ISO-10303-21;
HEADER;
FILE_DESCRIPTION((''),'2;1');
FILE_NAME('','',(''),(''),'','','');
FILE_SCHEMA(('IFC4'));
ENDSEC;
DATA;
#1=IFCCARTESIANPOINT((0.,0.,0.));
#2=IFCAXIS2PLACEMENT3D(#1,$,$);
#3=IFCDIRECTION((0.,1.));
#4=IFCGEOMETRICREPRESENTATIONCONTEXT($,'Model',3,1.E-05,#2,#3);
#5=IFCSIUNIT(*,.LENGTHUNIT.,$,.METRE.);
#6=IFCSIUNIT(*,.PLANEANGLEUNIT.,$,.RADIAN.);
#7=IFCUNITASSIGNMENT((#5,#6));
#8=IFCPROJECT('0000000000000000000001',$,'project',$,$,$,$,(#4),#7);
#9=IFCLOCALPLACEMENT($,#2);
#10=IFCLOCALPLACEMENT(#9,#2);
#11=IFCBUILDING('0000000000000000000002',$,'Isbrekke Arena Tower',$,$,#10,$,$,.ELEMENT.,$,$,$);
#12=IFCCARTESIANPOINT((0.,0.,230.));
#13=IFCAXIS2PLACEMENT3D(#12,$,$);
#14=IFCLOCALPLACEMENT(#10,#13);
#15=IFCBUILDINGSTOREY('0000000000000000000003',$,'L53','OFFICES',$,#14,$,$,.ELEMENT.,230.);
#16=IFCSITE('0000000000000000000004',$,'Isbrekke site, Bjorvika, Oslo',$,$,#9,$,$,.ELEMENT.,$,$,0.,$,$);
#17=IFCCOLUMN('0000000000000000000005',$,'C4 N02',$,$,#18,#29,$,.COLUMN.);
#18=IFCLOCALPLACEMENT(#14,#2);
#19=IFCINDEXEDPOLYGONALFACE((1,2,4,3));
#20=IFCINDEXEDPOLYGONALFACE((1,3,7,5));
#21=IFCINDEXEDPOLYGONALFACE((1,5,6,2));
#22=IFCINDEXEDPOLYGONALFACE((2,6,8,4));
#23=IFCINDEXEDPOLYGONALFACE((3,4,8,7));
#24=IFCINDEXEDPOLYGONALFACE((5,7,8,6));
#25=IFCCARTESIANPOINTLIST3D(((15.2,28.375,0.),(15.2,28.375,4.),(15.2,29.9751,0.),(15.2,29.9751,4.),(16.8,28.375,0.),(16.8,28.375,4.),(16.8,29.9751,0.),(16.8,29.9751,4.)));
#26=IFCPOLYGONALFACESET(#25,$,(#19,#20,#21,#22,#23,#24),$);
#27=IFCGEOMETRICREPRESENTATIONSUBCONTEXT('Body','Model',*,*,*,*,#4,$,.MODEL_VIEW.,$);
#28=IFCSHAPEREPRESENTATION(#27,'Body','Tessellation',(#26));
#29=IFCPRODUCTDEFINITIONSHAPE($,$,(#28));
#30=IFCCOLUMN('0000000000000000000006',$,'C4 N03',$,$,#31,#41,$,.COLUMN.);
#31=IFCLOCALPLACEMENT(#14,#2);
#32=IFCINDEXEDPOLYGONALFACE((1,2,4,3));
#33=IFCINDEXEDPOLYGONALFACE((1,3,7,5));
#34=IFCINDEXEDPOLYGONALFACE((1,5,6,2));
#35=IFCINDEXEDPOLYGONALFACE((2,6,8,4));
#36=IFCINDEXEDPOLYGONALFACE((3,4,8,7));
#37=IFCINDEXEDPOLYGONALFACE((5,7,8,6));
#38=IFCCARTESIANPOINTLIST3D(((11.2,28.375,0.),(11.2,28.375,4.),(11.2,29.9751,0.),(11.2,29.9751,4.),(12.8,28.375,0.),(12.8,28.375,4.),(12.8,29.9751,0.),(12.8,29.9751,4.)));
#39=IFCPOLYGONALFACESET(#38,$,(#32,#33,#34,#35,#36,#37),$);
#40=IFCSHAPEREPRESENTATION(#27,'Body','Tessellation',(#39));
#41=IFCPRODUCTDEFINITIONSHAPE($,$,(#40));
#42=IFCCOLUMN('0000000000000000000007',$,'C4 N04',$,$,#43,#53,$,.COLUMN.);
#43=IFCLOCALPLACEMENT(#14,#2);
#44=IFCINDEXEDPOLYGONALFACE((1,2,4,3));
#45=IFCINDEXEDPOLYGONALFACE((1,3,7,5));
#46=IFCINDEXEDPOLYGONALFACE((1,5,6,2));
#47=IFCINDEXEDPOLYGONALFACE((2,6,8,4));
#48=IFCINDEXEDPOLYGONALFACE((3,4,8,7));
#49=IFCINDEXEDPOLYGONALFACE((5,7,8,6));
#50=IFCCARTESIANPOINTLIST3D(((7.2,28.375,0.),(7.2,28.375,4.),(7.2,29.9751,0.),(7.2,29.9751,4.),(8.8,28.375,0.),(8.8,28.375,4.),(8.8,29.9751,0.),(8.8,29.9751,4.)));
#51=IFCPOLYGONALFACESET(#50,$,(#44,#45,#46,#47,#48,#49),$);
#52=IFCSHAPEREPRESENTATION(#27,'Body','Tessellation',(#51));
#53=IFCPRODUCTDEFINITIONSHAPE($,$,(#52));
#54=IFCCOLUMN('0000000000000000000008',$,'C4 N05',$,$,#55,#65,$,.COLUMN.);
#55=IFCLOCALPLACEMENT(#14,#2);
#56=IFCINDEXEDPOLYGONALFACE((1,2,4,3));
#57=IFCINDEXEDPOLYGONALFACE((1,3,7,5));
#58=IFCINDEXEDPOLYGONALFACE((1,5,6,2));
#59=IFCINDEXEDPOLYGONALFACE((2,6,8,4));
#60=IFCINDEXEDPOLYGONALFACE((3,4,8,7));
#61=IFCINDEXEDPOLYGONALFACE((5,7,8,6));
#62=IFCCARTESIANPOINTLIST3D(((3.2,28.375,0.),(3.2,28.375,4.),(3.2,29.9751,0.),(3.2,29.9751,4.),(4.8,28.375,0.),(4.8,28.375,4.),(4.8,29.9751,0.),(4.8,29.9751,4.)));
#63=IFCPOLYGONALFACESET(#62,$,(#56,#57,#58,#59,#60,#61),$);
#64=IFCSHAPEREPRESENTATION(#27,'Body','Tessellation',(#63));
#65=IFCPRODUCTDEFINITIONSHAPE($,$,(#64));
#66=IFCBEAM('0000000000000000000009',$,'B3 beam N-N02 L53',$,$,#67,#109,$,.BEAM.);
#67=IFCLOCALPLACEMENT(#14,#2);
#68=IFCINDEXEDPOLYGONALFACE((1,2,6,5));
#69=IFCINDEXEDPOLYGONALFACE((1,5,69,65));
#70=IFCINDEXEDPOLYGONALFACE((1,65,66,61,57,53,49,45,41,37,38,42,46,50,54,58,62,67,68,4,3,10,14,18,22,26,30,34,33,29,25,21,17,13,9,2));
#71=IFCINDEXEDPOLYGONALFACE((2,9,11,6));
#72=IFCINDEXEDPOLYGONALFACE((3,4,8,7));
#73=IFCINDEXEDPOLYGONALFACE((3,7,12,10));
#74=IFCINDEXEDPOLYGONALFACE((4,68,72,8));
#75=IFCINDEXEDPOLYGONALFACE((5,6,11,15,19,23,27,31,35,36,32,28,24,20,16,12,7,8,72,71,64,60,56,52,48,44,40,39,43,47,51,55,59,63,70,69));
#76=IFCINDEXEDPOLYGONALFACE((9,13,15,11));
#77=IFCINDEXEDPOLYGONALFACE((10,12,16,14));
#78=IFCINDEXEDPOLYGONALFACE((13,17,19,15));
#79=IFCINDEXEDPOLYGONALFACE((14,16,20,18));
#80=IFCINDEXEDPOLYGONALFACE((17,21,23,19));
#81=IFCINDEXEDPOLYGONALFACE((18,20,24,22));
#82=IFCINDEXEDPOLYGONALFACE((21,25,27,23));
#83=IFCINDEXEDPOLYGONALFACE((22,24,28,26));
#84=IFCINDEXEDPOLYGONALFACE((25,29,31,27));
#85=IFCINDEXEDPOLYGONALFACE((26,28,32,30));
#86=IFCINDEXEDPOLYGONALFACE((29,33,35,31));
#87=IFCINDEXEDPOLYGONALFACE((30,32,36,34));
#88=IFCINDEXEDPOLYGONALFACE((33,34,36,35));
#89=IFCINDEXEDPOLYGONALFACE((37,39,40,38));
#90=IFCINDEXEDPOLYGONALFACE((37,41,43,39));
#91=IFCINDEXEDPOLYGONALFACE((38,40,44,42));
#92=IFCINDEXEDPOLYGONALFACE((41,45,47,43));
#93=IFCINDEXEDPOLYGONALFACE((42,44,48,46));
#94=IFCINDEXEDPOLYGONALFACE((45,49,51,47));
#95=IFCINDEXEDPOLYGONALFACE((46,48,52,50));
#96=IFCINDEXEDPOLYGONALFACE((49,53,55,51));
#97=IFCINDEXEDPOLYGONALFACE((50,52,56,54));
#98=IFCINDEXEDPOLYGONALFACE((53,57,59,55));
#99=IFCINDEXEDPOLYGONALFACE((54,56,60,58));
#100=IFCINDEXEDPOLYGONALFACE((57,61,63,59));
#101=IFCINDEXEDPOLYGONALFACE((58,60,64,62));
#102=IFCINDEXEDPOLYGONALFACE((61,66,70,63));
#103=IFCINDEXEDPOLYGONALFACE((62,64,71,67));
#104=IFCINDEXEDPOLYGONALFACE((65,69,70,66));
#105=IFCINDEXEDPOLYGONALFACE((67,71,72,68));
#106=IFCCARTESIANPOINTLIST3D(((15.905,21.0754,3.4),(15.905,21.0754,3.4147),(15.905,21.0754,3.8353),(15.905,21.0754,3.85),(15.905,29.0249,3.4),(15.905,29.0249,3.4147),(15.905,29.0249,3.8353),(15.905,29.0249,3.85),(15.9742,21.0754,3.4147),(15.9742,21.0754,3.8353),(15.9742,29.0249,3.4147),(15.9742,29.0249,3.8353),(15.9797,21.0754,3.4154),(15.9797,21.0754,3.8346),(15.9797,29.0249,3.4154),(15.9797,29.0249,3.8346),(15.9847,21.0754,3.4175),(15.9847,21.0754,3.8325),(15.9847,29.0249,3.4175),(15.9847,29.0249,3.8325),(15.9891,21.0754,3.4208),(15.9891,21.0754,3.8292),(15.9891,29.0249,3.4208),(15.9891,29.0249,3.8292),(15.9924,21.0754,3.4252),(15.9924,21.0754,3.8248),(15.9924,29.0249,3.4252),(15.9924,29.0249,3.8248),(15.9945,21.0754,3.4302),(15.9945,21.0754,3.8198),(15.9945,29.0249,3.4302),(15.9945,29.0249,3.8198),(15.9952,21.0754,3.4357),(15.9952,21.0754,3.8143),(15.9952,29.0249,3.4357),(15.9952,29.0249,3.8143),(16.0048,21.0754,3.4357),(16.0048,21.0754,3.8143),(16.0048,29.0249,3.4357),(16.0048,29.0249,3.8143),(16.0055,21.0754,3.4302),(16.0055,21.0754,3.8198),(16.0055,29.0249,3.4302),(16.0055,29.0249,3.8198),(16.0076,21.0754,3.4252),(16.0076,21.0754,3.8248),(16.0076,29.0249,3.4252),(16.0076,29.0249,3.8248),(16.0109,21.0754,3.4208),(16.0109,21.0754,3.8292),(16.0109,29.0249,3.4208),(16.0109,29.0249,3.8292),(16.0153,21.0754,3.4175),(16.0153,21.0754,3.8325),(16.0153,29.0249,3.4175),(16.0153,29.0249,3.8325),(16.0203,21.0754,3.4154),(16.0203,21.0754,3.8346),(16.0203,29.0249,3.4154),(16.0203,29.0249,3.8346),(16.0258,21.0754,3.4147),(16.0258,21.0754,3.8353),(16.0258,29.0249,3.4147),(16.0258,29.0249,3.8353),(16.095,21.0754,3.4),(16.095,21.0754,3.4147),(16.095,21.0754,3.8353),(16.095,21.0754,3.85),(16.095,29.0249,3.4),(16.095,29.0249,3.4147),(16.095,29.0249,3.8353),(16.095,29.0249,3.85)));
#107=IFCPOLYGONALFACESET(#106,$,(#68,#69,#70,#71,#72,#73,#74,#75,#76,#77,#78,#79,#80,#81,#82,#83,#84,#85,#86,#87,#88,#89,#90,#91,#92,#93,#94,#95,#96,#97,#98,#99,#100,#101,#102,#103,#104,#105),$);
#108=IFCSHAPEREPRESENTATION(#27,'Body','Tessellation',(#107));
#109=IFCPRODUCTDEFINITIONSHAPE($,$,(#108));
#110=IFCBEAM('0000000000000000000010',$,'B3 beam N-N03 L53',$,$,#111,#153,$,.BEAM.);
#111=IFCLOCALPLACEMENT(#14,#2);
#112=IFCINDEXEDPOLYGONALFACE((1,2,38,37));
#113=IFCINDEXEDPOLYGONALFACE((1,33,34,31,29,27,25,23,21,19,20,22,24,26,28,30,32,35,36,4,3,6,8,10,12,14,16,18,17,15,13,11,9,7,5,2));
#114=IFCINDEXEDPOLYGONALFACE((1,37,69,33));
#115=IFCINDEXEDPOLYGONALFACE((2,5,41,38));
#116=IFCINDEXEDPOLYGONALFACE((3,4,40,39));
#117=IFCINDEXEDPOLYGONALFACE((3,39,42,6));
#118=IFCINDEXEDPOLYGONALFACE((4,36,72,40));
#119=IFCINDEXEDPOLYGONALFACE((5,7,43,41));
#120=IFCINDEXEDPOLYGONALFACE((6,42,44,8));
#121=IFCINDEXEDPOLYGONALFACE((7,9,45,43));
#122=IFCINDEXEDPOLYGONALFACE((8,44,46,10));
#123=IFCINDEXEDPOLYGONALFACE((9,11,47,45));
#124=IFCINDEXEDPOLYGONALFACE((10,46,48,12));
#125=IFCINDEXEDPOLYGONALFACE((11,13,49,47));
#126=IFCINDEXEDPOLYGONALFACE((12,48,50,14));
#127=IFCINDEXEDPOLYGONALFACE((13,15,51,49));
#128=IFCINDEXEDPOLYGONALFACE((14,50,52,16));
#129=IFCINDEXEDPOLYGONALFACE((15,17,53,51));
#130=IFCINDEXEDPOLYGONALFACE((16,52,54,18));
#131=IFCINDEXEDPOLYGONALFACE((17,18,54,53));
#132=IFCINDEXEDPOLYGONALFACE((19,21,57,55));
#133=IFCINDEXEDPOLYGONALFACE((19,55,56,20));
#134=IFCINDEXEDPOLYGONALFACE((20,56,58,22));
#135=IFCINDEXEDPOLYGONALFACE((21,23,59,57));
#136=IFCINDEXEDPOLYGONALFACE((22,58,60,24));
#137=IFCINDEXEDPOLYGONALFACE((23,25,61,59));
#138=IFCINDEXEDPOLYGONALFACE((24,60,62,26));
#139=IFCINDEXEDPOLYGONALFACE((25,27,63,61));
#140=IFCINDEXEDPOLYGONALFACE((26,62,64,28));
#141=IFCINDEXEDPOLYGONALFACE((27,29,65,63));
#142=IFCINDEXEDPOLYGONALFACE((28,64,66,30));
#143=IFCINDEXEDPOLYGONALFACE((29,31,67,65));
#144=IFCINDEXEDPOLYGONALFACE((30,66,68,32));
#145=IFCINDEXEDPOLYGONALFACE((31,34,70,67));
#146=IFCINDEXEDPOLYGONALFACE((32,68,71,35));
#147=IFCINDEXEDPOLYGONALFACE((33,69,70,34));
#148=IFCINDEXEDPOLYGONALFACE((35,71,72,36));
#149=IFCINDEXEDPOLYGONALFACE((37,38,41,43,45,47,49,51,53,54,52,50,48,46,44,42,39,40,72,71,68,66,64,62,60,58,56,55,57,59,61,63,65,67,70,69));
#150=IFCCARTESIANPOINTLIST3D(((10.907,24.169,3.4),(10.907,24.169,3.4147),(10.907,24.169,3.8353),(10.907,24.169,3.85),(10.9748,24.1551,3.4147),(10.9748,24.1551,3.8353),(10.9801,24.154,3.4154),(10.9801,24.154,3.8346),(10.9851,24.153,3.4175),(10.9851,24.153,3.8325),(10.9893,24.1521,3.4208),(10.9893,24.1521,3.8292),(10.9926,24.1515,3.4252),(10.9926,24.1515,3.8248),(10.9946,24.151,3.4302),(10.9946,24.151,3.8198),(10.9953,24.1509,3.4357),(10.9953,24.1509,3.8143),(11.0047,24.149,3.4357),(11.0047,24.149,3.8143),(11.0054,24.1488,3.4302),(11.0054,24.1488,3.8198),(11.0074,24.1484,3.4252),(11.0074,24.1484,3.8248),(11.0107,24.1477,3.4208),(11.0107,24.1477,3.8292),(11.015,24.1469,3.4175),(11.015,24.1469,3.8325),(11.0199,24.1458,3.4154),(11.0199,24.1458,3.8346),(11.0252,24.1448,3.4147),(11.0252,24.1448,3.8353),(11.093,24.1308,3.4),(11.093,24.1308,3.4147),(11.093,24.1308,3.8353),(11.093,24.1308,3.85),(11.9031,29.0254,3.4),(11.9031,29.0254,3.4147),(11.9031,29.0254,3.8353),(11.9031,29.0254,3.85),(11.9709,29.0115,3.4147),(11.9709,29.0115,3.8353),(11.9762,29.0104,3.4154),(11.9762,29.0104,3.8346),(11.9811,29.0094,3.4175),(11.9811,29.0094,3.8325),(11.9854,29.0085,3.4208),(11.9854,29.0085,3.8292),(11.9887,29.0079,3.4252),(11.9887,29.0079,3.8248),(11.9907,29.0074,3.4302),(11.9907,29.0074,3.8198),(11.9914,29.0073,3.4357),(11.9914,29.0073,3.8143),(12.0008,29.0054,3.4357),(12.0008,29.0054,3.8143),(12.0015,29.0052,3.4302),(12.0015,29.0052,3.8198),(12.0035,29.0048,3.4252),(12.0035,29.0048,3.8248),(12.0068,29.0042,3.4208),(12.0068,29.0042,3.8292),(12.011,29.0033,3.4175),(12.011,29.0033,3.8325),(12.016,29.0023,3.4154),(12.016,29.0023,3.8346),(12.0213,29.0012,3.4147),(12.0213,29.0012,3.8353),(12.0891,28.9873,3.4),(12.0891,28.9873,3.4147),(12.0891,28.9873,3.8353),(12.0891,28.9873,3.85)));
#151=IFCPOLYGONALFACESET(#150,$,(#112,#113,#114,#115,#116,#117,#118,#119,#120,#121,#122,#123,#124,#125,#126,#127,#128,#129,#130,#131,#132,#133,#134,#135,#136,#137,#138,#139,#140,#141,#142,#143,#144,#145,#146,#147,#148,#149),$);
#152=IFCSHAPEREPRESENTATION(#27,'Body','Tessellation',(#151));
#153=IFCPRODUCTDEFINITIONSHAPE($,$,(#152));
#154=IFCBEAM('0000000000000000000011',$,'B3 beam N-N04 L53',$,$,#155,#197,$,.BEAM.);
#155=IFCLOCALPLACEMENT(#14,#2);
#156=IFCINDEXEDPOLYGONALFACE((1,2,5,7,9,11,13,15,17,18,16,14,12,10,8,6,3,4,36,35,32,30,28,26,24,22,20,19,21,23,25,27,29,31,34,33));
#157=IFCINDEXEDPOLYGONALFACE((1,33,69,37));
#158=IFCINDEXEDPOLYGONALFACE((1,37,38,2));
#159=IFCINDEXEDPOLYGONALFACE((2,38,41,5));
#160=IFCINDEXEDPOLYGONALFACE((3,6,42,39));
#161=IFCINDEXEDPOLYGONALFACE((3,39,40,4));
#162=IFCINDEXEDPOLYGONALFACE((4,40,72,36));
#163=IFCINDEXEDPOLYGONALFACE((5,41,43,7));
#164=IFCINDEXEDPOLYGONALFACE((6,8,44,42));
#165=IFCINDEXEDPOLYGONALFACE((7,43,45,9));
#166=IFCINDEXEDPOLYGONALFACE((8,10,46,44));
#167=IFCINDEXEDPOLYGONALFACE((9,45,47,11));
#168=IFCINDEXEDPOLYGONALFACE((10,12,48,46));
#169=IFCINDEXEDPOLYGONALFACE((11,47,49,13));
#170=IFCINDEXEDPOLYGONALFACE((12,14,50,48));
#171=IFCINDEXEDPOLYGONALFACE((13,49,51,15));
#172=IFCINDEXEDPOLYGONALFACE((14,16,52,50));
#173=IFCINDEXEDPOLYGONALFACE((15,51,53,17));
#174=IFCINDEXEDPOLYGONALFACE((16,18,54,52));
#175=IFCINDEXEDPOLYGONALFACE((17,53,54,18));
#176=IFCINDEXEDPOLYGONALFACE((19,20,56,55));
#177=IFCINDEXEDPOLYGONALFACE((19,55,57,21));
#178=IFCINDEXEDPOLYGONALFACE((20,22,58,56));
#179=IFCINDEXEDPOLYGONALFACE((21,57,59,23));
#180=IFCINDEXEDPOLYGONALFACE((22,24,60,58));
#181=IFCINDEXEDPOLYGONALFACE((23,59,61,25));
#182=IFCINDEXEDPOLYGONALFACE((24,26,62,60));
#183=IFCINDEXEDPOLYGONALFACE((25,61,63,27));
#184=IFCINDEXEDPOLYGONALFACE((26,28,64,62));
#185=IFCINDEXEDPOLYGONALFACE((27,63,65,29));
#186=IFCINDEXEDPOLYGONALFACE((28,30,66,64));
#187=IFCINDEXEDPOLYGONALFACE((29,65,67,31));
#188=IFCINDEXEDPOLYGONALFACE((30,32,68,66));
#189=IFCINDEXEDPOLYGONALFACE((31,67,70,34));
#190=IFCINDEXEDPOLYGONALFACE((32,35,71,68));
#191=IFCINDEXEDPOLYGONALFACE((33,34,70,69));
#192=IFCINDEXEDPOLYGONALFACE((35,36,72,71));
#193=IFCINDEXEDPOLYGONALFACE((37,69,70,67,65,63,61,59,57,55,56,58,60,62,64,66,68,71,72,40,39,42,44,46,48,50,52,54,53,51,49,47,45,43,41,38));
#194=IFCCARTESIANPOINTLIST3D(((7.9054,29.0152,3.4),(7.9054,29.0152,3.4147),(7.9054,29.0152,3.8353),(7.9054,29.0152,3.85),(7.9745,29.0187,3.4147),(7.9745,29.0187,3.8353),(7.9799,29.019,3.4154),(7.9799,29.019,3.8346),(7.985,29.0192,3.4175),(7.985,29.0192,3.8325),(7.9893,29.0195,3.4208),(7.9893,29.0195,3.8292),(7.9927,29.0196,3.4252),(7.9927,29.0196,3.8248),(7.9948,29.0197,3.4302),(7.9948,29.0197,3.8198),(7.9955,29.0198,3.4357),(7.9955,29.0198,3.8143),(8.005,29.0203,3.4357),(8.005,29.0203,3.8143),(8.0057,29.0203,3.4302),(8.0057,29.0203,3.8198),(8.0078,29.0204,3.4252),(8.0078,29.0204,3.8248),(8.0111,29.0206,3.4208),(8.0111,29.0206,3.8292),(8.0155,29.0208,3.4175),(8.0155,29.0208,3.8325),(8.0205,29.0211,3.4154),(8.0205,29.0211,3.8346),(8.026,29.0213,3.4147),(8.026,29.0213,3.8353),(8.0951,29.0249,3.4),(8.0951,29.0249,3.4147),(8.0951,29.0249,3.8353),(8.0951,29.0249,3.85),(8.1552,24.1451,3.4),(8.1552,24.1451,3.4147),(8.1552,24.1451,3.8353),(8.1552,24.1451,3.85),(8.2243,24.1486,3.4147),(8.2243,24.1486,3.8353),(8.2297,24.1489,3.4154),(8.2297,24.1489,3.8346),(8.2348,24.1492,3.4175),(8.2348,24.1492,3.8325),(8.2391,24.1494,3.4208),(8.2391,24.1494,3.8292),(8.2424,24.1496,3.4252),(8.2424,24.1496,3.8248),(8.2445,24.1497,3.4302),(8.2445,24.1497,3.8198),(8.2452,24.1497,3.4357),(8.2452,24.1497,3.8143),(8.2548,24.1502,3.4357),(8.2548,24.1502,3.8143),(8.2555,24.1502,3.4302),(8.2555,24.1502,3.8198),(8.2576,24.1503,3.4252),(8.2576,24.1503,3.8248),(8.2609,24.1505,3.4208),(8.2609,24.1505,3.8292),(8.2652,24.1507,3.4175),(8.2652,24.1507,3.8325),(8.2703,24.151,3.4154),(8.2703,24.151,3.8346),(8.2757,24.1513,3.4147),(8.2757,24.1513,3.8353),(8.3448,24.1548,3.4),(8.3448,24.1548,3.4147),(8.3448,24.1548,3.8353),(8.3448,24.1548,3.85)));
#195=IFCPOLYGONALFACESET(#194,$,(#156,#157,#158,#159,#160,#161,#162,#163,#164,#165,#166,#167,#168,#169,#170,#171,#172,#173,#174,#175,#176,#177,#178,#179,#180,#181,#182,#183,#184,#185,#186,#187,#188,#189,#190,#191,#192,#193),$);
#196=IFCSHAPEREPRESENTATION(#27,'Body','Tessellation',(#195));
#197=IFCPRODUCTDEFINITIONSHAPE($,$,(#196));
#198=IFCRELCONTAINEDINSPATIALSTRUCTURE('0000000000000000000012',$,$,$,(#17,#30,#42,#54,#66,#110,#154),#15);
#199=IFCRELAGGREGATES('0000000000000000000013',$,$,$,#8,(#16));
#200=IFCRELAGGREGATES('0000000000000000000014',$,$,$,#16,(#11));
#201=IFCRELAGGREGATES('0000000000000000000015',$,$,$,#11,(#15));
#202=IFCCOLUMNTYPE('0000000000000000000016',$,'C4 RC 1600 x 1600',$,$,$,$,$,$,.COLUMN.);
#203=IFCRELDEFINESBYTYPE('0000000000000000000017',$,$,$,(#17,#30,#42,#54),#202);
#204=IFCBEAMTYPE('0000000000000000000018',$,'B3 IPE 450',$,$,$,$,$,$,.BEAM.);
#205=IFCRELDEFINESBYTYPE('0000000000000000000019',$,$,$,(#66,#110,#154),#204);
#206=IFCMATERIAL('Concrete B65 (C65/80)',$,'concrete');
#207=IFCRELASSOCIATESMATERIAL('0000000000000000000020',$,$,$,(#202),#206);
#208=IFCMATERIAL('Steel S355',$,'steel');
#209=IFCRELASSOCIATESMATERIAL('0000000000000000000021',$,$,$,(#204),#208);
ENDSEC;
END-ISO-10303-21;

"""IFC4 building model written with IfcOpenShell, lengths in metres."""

from ifc_helpers import new_model, si_unit, direction, frame, origin, origin_2d, place, context, subcontext, project, spatial, rectangle, i_section, extrude, material, material_profile, profile_set, type_object, element, save


model = new_model("IFC4")

# Units and contexts
model_context = context("Model", 3, precision=1e-05, world=origin(), true_north=direction((0.0, 1.0)))
body_context = subcontext(model_context, "Body", "Model", "MODEL_VIEW")
ifc_project = project(units=[si_unit("LENGTHUNIT", "METRE"), si_unit("PLANEANGLEUNIT", "RADIAN")], contexts=[model_context])

# Site, building, storey
site_placement = place(None, origin())
site = spatial("IfcSite", under=ifc_project, at=site_placement, Name="Isbrekke site, Bjorvika, Oslo", CompositionType="ELEMENT", RefElevation=0.0)
building_placement = place(site_placement, origin())
building = spatial("IfcBuilding", under=site, at=building_placement, Name="Isbrekke Arena Tower", CompositionType="ELEMENT")
storey_placement = place(building_placement, frame((0.0, 0.0, 230.0)))
storey = spatial("IfcBuildingStorey", under=building, at=storey_placement, Name="L53", Description="OFFICES", CompositionType="ELEMENT", Elevation=230.0)

# Columns
ifc_material_1 = material(Name="Concrete B65 (C65/80)", Category="concrete")
ifc_material_profile_1 = material_profile(ifc_material_1, rectangle(XDim=1.6001, YDim=1.6001, at=origin_2d()), Name="RC 1600x1600")
ifc_profile_set_1 = profile_set([ifc_material_profile_1], Name="Concrete B65 (C65/80)")
column_type = type_object("IfcColumnType", Name="C4 RC 1600 x 1600", PredefinedType="COLUMN", material=ifc_profile_set_1)
for number, where, z_axis, x_axis, name in (
    (1, (16.0, 29.175, 0.0), (0.0, 0.0, 1.0), (-1.0, 0.0, 0.0), "C4 N02"),
    (2, (12.0, 29.175, 0.0), (0.0, 0.0, 1.0), (-1.0, 0.0, 0.0), "C4 N03"),
    (3, (8.0, 29.175, 0.0), (0.0, 0.0, 1.0), (-1.0, 0.0, 0.0), "C4 N04"),
    (4, (4.0, 29.175, 0.0), (0.0, 0.0, 1.0), (-1.0, 0.0, 0.0), "C4 N05"),
):
    element("IfcColumn", number, at=place(storey_placement, frame(where, z_axis=z_axis, x_axis=x_axis)), inside=storey, type_object=column_type, Name=name, PredefinedType="COLUMN", context=body_context, shape_type="SweptSolid", body=[
        extrude(rectangle(XDim=1.6001, YDim=1.6001, at=origin_2d()), origin(), (0.0, 0.0, 1.0), 4.0),
    ])

# Beams
ifc_material_2 = material(Name="Steel S355", Category="steel")
ifc_material_profile_2 = material_profile(ifc_material_2, i_section(OverallWidth=0.1899, OverallDepth=0.45, WebThickness=0.0095, FlangeThickness=0.0146, FilletRadius=0.021, at=origin_2d()), Name="IPE 450")
ifc_profile_set_2 = profile_set([ifc_material_profile_2], Name="Steel S355")
beam_type_1 = type_object("IfcBeamType", Name="B3 IPE 450", PredefinedType="BEAM", material=ifc_profile_set_2)
beam_1_placement = place(storey_placement, frame((16.0, 29.0249, 3.625), z_axis=(0.0, -1.0, 0.0), x_axis=(1.0, 0.0, 0.0)))
element("IfcBeam", 5, at=beam_1_placement, inside=storey, type_object=beam_type_1, Name="B3 beam N-N02 L53", PredefinedType="BEAM", context=body_context, shape_type="SweptSolid", body=[
    extrude(i_section(OverallWidth=0.1899, OverallDepth=0.45, WebThickness=0.0095, FlangeThickness=0.0146, FilletRadius=0.021, at=origin_2d()), origin(), (0.0, 0.0, 1.0), 7.9495),
])
beam_2_placement = place(storey_placement, frame((11.9961, 29.0063, 3.625), z_axis=(-0.200925, -0.979607, 0.0), x_axis=(0.979607, -0.200925, 0.0)))
element("IfcBeam", 6, at=beam_2_placement, inside=storey, type_object=beam_type_1, Name="B3 beam N-N03 L53", PredefinedType="BEAM", context=body_context, shape_type="SweptSolid", body=[
    extrude(i_section(OverallWidth=0.1899, OverallDepth=0.45, WebThickness=0.0095, FlangeThickness=0.0146, FilletRadius=0.021, at=origin_2d()), origin(), (0.0, 0.0, 1.0), 4.9575),
])
beam_3_placement = place(storey_placement, frame((8.0002, 29.02, 3.625), z_axis=(0.051216, -0.998688, 0.0), x_axis=(0.998688, 0.051216, 0.0)))
element("IfcBeam", 7, at=beam_3_placement, inside=storey, type_object=beam_type_1, Name="B3 beam N-N04 L53", PredefinedType="BEAM", context=body_context, shape_type="SweptSolid", body=[
    extrude(i_section(OverallWidth=0.1899, OverallDepth=0.45, WebThickness=0.0095, FlangeThickness=0.0146, FilletRadius=0.021, at=origin_2d()), origin(), (0.0, 0.0, 1.0), 4.8765),
])

save(model, "model.ifc")
